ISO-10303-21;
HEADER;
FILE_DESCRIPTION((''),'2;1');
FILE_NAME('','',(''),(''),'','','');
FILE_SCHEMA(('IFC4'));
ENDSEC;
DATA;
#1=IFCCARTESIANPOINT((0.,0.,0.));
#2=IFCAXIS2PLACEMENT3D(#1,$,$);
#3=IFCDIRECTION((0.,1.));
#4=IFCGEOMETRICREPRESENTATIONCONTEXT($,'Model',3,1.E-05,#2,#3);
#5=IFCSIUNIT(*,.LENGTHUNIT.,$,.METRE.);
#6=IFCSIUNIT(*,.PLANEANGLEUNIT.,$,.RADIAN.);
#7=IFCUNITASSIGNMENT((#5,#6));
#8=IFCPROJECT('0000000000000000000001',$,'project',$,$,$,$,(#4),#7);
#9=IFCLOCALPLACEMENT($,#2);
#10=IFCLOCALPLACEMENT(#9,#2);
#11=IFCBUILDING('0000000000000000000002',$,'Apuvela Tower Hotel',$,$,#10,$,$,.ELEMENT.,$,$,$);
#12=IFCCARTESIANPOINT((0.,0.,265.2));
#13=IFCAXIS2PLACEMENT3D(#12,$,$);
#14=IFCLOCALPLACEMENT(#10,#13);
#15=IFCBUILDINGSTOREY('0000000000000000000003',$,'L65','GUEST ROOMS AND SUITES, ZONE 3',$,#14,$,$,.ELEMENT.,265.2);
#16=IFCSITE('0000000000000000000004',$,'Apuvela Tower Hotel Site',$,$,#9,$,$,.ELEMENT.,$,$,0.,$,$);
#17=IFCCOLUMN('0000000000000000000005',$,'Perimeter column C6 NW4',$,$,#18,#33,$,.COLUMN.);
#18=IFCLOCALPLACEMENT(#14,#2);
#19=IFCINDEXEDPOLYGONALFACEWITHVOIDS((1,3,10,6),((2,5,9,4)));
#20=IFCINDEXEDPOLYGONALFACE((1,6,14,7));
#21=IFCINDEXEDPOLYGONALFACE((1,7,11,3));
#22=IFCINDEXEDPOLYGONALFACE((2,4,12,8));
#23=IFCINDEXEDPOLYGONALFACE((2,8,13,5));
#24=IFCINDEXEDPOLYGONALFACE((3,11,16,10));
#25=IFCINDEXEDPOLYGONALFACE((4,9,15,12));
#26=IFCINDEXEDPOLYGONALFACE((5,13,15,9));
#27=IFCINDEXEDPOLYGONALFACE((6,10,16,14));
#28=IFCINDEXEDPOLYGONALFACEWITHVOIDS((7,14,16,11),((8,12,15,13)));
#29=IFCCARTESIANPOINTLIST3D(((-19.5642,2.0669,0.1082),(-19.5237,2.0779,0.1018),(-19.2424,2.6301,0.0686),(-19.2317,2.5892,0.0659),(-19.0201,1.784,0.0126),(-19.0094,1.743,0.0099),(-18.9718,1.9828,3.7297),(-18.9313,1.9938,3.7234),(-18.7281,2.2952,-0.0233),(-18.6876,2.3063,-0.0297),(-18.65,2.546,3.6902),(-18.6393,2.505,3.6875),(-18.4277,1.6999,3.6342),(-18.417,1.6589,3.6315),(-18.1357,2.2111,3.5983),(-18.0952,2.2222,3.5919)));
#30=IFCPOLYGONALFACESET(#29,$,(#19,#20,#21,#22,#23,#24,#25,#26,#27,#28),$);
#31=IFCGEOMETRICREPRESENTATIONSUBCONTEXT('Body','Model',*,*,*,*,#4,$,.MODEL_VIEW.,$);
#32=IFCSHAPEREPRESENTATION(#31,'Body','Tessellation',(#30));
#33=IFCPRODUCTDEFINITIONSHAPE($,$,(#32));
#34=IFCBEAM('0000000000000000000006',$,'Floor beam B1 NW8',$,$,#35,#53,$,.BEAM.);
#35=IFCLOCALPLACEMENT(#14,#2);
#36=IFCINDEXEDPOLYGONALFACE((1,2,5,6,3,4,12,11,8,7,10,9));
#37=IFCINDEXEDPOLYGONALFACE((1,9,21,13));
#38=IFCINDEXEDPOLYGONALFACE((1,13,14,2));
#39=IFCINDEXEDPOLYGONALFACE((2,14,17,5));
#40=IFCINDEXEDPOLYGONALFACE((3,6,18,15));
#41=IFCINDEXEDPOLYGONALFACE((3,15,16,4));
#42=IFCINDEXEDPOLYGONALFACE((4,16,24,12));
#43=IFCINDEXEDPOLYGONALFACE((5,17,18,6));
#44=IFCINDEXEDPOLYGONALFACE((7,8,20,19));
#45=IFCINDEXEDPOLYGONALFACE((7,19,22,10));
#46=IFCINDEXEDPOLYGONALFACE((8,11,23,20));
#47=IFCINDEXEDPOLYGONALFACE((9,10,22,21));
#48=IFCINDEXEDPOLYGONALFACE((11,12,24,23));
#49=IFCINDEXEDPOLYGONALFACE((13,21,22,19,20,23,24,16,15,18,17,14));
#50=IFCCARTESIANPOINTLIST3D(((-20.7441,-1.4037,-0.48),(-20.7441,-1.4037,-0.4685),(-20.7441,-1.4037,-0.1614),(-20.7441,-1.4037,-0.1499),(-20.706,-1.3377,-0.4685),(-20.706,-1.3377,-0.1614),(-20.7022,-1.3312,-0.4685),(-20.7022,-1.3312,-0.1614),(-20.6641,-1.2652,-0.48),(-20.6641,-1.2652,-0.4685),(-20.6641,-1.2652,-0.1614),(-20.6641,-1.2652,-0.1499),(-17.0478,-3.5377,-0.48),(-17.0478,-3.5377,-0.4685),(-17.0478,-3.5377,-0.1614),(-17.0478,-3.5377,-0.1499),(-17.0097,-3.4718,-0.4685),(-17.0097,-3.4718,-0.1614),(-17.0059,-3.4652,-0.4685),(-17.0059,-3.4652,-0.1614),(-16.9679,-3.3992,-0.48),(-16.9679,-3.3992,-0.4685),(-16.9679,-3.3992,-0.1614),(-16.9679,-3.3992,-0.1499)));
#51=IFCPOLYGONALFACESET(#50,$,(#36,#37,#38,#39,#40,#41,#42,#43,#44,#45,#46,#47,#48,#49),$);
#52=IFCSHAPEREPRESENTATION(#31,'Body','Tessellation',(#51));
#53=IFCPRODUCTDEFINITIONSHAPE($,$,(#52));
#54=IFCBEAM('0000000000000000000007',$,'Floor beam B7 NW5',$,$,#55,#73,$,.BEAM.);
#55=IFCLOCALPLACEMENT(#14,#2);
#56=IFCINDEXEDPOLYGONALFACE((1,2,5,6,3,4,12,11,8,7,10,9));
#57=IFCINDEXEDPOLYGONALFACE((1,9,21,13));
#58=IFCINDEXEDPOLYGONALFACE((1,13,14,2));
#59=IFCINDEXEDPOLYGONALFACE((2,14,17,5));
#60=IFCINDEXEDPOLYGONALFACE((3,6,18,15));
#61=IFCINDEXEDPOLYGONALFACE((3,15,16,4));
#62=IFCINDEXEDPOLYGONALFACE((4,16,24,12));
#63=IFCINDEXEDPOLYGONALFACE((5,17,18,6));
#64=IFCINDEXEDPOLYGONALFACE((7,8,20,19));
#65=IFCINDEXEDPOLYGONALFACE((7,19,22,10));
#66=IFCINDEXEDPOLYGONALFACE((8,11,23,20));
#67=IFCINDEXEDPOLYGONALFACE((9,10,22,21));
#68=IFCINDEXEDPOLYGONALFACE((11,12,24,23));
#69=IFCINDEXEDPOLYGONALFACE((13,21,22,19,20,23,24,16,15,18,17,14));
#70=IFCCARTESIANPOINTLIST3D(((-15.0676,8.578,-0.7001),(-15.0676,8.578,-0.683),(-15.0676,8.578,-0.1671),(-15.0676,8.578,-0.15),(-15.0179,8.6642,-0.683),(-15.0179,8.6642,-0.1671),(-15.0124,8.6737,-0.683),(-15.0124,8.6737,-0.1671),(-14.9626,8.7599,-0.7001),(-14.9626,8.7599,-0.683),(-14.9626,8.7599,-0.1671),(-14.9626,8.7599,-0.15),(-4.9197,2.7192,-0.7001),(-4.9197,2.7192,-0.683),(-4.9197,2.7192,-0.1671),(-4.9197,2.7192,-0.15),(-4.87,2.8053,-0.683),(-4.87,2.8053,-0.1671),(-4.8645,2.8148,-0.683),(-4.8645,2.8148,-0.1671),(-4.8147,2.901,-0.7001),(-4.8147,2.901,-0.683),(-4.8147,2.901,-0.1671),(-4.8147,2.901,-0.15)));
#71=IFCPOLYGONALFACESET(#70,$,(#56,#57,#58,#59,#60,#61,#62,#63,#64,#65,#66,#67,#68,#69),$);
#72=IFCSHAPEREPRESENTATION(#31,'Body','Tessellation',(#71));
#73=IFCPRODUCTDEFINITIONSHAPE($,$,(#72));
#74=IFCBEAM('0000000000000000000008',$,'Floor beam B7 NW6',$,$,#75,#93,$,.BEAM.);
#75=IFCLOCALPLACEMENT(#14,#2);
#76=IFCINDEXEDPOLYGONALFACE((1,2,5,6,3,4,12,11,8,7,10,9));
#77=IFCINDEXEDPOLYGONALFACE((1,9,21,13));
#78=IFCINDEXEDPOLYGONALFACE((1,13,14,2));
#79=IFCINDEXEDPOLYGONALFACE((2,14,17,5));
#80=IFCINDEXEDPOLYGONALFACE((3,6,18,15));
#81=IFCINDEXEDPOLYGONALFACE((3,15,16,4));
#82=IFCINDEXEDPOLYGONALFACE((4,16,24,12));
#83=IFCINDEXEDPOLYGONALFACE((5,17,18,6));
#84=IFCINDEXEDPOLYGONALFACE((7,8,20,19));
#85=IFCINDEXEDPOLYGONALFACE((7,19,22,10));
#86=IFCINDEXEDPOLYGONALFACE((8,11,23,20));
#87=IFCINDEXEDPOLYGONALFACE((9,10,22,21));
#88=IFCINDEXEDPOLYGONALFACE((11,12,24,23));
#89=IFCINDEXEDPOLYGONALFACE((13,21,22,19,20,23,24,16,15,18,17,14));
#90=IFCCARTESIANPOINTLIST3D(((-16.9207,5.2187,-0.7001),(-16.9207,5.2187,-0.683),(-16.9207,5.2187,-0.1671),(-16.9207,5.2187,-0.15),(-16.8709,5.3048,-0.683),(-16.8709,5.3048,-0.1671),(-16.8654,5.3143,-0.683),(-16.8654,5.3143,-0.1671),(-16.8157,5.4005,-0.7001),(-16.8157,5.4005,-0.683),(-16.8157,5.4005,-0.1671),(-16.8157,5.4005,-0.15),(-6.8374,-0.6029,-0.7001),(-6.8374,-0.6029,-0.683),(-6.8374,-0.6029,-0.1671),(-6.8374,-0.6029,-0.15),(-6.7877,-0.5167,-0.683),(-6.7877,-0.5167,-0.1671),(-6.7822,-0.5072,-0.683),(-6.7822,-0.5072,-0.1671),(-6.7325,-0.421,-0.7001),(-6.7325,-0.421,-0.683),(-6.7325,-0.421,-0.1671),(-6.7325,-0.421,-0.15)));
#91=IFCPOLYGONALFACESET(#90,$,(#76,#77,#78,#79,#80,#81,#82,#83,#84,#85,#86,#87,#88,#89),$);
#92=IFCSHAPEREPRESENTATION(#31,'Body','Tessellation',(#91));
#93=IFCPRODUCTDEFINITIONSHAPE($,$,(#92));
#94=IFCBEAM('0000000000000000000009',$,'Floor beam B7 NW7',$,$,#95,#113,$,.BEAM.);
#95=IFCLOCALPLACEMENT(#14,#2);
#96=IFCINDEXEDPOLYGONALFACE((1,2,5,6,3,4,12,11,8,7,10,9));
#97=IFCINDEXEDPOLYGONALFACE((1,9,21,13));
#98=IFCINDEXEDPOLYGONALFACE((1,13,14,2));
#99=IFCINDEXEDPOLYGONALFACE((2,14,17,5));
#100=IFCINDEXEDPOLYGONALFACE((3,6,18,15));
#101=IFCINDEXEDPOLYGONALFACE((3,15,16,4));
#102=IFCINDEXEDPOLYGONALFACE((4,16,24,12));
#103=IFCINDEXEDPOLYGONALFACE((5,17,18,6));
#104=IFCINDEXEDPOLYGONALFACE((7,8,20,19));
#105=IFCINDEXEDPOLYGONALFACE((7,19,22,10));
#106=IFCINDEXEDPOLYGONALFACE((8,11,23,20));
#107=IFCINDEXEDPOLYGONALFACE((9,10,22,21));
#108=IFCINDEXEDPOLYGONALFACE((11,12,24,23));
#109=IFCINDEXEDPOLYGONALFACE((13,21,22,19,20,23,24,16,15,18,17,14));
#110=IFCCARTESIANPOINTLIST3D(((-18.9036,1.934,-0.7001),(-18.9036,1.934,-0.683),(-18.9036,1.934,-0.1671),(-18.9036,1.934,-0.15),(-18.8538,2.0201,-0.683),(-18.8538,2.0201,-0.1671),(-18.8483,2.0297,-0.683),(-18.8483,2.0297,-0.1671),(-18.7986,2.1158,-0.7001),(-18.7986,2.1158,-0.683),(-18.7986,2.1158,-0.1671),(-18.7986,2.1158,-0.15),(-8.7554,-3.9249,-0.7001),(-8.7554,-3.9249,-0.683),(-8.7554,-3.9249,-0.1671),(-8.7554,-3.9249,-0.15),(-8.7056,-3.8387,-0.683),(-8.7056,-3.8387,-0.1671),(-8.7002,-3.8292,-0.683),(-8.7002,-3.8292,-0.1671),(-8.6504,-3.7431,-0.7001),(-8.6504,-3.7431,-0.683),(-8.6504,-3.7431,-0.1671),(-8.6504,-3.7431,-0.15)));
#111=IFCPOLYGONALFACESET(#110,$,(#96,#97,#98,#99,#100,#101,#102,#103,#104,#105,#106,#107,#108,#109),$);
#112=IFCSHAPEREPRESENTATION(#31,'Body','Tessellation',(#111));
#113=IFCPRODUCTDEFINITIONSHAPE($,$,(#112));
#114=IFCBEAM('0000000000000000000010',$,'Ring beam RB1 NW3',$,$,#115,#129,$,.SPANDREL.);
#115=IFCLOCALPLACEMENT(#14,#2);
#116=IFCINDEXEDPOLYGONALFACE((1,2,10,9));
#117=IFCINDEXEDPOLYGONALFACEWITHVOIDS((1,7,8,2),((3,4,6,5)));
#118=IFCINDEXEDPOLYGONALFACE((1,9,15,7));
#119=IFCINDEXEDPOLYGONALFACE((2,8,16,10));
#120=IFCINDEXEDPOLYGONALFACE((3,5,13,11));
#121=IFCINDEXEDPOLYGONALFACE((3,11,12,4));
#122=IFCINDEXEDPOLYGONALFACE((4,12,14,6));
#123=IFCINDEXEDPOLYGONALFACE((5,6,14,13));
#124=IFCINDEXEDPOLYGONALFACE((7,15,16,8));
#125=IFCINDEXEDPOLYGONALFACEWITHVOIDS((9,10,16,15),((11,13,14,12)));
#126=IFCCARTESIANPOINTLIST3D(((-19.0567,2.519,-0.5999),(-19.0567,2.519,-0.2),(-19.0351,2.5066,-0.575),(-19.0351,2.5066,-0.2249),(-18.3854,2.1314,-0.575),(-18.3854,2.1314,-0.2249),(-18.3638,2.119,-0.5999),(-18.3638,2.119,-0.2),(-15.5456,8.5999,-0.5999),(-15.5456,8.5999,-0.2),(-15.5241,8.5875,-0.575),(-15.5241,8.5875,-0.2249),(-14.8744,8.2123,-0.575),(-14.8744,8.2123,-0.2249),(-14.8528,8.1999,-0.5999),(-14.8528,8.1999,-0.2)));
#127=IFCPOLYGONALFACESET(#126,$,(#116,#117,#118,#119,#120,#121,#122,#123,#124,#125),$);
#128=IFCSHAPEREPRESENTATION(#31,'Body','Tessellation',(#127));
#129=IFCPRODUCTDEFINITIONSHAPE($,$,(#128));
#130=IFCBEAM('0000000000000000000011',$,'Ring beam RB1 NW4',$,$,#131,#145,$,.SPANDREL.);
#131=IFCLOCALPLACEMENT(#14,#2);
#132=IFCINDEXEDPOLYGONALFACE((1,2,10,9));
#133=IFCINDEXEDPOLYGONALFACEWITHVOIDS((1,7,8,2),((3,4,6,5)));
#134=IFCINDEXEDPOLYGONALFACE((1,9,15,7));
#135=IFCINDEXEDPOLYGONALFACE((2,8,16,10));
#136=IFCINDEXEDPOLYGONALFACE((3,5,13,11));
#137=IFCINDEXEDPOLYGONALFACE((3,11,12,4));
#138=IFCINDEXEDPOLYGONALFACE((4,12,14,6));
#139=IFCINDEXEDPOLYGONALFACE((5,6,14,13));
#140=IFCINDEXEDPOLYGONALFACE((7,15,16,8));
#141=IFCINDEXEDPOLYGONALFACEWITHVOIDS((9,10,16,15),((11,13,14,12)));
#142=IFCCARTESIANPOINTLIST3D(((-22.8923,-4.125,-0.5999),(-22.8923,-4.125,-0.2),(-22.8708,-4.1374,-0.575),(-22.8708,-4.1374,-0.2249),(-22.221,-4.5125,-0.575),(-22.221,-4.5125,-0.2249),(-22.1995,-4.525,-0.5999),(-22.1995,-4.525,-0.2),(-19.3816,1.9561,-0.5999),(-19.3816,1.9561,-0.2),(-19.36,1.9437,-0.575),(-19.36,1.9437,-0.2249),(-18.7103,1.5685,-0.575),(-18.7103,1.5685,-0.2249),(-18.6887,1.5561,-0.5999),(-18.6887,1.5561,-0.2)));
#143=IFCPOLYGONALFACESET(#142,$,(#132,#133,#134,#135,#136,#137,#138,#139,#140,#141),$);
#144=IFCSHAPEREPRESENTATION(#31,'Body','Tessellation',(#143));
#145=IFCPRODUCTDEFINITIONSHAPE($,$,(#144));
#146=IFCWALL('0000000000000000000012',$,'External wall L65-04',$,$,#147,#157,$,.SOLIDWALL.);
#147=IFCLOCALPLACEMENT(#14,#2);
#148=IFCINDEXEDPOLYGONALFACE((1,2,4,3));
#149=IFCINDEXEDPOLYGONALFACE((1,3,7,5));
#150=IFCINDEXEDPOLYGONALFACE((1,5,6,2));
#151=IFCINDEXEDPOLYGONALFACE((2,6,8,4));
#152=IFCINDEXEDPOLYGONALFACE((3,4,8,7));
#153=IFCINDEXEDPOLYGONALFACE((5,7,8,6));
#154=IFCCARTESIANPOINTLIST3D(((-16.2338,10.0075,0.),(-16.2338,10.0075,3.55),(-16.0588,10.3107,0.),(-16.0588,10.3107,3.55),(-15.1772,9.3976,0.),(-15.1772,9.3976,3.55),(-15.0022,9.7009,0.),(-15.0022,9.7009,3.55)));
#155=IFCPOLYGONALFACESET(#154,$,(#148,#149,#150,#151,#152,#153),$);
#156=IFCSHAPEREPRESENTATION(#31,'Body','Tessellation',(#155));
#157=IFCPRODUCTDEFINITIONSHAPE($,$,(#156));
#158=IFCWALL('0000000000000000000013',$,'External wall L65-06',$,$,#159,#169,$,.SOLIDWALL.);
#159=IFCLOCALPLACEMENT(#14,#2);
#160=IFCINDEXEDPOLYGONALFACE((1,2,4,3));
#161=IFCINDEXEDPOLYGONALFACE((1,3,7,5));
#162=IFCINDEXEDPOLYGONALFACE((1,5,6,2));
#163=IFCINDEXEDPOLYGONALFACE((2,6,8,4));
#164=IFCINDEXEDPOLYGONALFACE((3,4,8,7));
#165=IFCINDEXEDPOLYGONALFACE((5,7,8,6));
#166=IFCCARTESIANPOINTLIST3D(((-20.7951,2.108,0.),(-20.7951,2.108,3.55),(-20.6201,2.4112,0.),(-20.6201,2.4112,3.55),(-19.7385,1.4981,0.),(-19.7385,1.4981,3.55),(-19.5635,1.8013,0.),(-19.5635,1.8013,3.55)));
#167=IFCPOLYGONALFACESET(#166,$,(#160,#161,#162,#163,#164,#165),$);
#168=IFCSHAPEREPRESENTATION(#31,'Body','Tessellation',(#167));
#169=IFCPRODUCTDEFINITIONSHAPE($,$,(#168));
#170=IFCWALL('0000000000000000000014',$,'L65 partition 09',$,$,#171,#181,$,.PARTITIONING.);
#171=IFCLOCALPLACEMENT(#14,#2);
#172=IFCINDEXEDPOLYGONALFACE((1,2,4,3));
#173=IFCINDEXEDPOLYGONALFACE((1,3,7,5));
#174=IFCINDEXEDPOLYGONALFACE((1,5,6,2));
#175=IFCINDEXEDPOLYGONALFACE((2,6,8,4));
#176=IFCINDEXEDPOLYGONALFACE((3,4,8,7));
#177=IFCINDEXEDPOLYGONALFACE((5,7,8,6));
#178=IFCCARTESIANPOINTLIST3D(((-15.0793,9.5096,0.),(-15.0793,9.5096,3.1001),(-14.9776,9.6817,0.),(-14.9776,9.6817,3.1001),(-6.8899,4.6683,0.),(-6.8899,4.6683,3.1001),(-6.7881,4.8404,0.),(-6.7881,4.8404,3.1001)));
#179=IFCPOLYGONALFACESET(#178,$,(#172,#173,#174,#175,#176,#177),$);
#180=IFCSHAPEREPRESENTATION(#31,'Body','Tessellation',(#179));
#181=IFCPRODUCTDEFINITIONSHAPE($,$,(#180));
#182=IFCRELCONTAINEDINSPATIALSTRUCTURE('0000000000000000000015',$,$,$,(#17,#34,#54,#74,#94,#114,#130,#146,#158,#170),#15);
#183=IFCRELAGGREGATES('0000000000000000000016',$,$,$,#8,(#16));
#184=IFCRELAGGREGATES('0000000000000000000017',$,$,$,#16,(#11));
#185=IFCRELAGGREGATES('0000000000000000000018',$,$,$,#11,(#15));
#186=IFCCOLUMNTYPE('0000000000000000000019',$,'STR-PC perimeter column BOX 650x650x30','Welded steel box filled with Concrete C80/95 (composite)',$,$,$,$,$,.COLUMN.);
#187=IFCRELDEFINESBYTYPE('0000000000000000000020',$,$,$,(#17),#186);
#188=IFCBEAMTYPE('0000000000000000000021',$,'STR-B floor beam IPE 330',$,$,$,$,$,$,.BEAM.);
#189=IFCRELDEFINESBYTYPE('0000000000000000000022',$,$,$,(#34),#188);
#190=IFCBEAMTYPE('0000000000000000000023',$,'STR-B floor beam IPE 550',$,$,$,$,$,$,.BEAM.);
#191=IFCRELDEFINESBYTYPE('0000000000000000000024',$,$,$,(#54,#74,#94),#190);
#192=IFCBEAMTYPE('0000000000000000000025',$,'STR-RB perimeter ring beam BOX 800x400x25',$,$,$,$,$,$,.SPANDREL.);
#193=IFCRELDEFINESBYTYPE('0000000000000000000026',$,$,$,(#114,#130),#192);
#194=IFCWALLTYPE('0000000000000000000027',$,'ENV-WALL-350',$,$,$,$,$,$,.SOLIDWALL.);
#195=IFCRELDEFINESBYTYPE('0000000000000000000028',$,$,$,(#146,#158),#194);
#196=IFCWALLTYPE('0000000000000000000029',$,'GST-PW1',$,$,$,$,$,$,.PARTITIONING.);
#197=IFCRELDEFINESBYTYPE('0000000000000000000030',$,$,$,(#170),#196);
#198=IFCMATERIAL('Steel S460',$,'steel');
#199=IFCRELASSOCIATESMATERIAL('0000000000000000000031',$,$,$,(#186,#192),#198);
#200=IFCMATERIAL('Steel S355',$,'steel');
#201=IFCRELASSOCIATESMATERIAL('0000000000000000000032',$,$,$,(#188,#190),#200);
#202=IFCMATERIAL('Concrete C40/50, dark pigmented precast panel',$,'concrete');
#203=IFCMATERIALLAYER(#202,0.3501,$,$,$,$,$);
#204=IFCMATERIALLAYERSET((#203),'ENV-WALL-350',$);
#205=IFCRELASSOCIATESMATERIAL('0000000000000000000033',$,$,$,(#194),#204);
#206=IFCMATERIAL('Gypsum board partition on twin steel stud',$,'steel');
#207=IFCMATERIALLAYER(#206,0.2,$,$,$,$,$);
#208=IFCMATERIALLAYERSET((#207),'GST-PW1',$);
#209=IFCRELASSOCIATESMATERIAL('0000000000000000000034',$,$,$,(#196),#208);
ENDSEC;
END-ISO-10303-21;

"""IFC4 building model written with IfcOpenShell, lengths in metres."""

from ifc_helpers import new_model, si_unit, direction, frame, frame_2d, origin, origin_2d, place, context, subcontext, project, spatial, rectangle, hollow_rectangle, i_section, extrude, boolean, halfspace, material, layer, layer_set, material_profile, profile_set, type_object, element, save


model = new_model("IFC4")

# Units and contexts
model_context = context("Model", 3, precision=1e-05, world=origin(), true_north=direction((0.0, 1.0)))
body_context = subcontext(model_context, "Body", "Model", "MODEL_VIEW")
ifc_project = project(units=[si_unit("LENGTHUNIT", "METRE"), si_unit("PLANEANGLEUNIT", "RADIAN")], contexts=[model_context])

# Site, building, storey
site_placement = place(None, origin())
site = spatial("IfcSite", under=ifc_project, at=site_placement, Name="Apuvela Tower Hotel Site", CompositionType="ELEMENT", RefElevation=0.0)
building_placement = place(site_placement, origin())
building = spatial("IfcBuilding", under=site, at=building_placement, Name="Apuvela Tower Hotel", CompositionType="ELEMENT")
storey_placement = place(building_placement, frame((0.0, 0.0, 265.2)))
storey = spatial("IfcBuildingStorey", under=building, at=storey_placement, Name="L65", Description="GUEST ROOMS AND SUITES, ZONE 3", CompositionType="ELEMENT", Elevation=265.2)

# Column
ifc_material_1 = material(Name="Steel S460", Category="steel")
ifc_material_profile_1 = material_profile(ifc_material_1, hollow_rectangle(XDim=0.6499, YDim=0.6499, WallThickness=0.03, at=origin_2d()), Name="BOX 650x650x30")
ifc_material_2 = material(Name="Concrete C80/95", Category="concrete")
ifc_material_profile_2 = material_profile(ifc_material_2, rectangle(XDim=0.5901, YDim=0.5901, at=origin_2d()), Name="Concrete C80/95 infill")
ifc_profile_set_1 = profile_set([ifc_material_profile_1, ifc_material_profile_2], Name="Steel S460")
column_type = type_object("IfcColumnType", Name="STR-PC perimeter column BOX 650x650x30", Description="Welded steel box filled with Concrete C80/95 (composite)", PredefinedType="COLUMN", material=ifc_profile_set_1)
column_1_placement = place(storey_placement, frame((-19.1323, 2.1875, 0.0), z_axis=(0.161389, -0.022916, 0.986625), x_axis=(-0.49511, -0.866696, 0.060858)))
element("IfcColumn", 1, at=column_1_placement, inside=storey, type_object=column_type, Name="Perimeter column C6 NW4", PredefinedType="COLUMN", context=body_context, shape_type="SweptSolid", body=[
    boolean("DIFFERENCE", boolean("DIFFERENCE", extrude(hollow_rectangle(XDim=0.6499, YDim=0.6499, WallThickness=0.03, at=origin_2d()), origin(), (0.0, 0.0, 1.0), 3.75), halfspace(frame((0.0, 0.0, 0.0398), z_axis=(0.0, 0.0, 1.0), x_axis=(1.0, 0.0, 0.0)), True)), halfspace(frame((0.0, 0.0, 3.7104), z_axis=(0.0, 0.0, 1.0), x_axis=(1.0, 0.0, 0.0)), False)),
])

# Beams
ifc_material_3 = material(Name="Steel S355", Category="steel")
ifc_material_profile_3 = material_profile(ifc_material_3, i_section(OverallWidth=0.1599, OverallDepth=0.3301, WebThickness=0.0076, FlangeThickness=0.0115, at=origin_2d()), Name="IPE 330")
ifc_profile_set_2 = profile_set([ifc_material_profile_3], Name="Steel S355")
beam_type_1 = type_object("IfcBeamType", Name="STR-B floor beam IPE 330", PredefinedType="BEAM", material=ifc_profile_set_2)
beam_1_placement = place(storey_placement, frame((-20.7041, -1.3345, -0.3149), z_axis=(0.866027, -0.499996, 0.0), x_axis=(0.499996, 0.866027, 0.0)))
element("IfcBeam", 2, at=beam_1_placement, inside=storey, type_object=beam_type_1, Name="Floor beam B1 NW8", PredefinedType="BEAM", context=body_context, shape_type="SweptSolid", body=[
    extrude(i_section(OverallWidth=0.1599, OverallDepth=0.3301, WebThickness=0.0076, FlangeThickness=0.0115, at=origin_2d()), origin(), (0.0, 0.0, 1.0), 4.2681),
])
ifc_material_profile_4 = material_profile(ifc_material_3, i_section(OverallWidth=0.21, OverallDepth=0.55, WebThickness=0.011, FlangeThickness=0.0171, at=origin_2d()), Name="IPE 550")
ifc_profile_set_3 = profile_set([ifc_material_profile_4], Name="Steel S355")
beam_type_2 = type_object("IfcBeamType", Name="STR-B floor beam IPE 550", PredefinedType="BEAM", material=ifc_profile_set_3)
beam_2_placement = place(storey_placement, frame((-15.0151, 8.6689, -0.425), z_axis=(0.866027, -0.499998, 0.0), x_axis=(0.499998, 0.866027, 0.0)))
element("IfcBeam", 3, at=beam_2_placement, inside=storey, type_object=beam_type_2, Name="Floor beam B7 NW5", PredefinedType="BEAM", context=body_context, shape_type="SweptSolid", body=[
    extrude(i_section(OverallWidth=0.21, OverallDepth=0.55, WebThickness=0.011, FlangeThickness=0.0171, at=origin_2d()), origin(), (0.0, 0.0, 1.0), 11.7178),
])
beam_3_placement = place(storey_placement, frame((-16.8682, 5.3096, -0.425), z_axis=(0.866027, -0.499998, 0.0), x_axis=(0.499998, 0.866027, 0.0)))
element("IfcBeam", 4, at=beam_3_placement, inside=storey, type_object=beam_type_2, Name="Floor beam B7 NW6", PredefinedType="BEAM", context=body_context, shape_type="SweptSolid", body=[
    extrude(i_section(OverallWidth=0.21, OverallDepth=0.55, WebThickness=0.011, FlangeThickness=0.0171, at=origin_2d()), origin(), (0.0, 0.0, 1.0), 11.6431),
])
beam_4_placement = place(storey_placement, frame((-18.8511, 2.0249, -0.425), z_axis=(0.866032, -0.499989, 0.0), x_axis=(0.499989, 0.866032, 0.0)))
element("IfcBeam", 5, at=beam_4_placement, inside=storey, type_object=beam_type_2, Name="Floor beam B7 NW7", PredefinedType="BEAM", context=body_context, shape_type="SweptSolid", body=[
    extrude(i_section(OverallWidth=0.21, OverallDepth=0.55, WebThickness=0.011, FlangeThickness=0.0171, at=origin_2d()), origin(), (0.0, 0.0, 1.0), 11.718),
])
ifc_material_profile_5 = material_profile(ifc_material_1, hollow_rectangle(XDim=0.8, YDim=0.3999, WallThickness=0.0249, at=origin_2d()), Name="BOX 800x400x25")
ifc_profile_set_4 = profile_set([ifc_material_profile_5], Name="Steel S460")
beam_type_3 = type_object("IfcBeamType", Name="STR-RB perimeter ring beam BOX 800x400x25", PredefinedType="SPANDREL", material=ifc_profile_set_4)
for number, where, z_axis, x_axis, name in (
    (6, (-15.1992, 8.3999, -0.3999), (-0.500024, -0.866011, 0.0), (0.866011, -0.500024, 0.0), "Ring beam RB1 NW3"),
    (7, (-19.0352, 1.7561, -0.3999), (-0.499983, -0.866035, 0.0), (0.866035, -0.499983, 0.0), "Ring beam RB1 NW4"),
):
    element("IfcBeam", number, at=place(storey_placement, frame(where, z_axis=z_axis, x_axis=x_axis)), inside=storey, type_object=beam_type_3, Name=name, PredefinedType="SPANDREL", context=body_context, shape_type="SweptSolid", body=[
        extrude(hollow_rectangle(XDim=0.8, YDim=0.3999, WallThickness=0.0249, at=origin_2d()), origin(), (0.0, 0.0, 1.0), 7.0217),
    ])

# Wall
ifc_material_4 = material(Name="Concrete C40/50, dark pigmented precast panel", Category="concrete")
ifc_layer_1 = layer(ifc_material_4, 0.3501)
ifc_layer_set_1 = layer_set([ifc_layer_1], Name="ENV-WALL-350")
wall_type_1 = type_object("IfcWallType", Name="ENV-WALL-350", PredefinedType="SOLIDWALL", material=ifc_layer_set_1)
wall_1_placement = place(storey_placement, frame((-15.0898, 9.5493, 0.0), z_axis=(0.0, 0.0, 1.0), x_axis=(-0.866092, 0.499884, 0.0)))
element("IfcWall", 8, at=wall_1_placement, inside=storey, type_object=wall_type_1, Name="External wall L65-04", PredefinedType="SOLIDWALL", context=body_context, shape_type="SweptSolid", body=[
    extrude(rectangle(XDim=1.22, YDim=0.3501, at=frame_2d((0.6099, 0.0))), origin(), (0.0, 0.0, 1.0), 3.55),
])

# Wall
wall_2_placement = place(storey_placement, frame((-20.7075, 2.2595, 0.0), z_axis=(0.0, 0.0, 1.0), x_axis=(0.866092, -0.499884, 0.0)))
element("IfcWall", 9, at=wall_2_placement, inside=storey, type_object=wall_type_1, Name="External wall L65-06", PredefinedType="SOLIDWALL", context=body_context, shape_type="SweptSolid", body=[
    extrude(rectangle(XDim=1.22, YDim=0.3501, at=frame_2d((0.6099, 0.0))), origin(), (0.0, 0.0, 1.0), 3.55),
])

# Wall
ifc_material_5 = material(Name="Gypsum board partition on twin steel stud", Category="steel")
ifc_layer_2 = layer(ifc_material_5, 0.2)
ifc_layer_set_2 = layer_set([ifc_layer_2], Name="GST-PW1")
wall_type_2 = type_object("IfcWallType", Name="GST-PW1", PredefinedType="PARTITIONING", material=ifc_layer_set_2)
wall_3_placement = place(storey_placement, frame((-15.0286, 9.5957, 0.0), z_axis=(0.0, 0.0, 1.0), x_axis=(0.86083, -0.508892, 0.0)))
element("IfcWall", 10, at=wall_3_placement, inside=storey, type_object=wall_type_2, Name="L65 partition 09", PredefinedType="PARTITIONING", context=body_context, shape_type="SweptSolid", body=[
    extrude(rectangle(XDim=9.5134, YDim=0.2, at=frame_2d((4.7568, 0.0))), origin(), (0.0, 0.0, 1.0), 3.1001),
])

save(model, "model.ifc")
